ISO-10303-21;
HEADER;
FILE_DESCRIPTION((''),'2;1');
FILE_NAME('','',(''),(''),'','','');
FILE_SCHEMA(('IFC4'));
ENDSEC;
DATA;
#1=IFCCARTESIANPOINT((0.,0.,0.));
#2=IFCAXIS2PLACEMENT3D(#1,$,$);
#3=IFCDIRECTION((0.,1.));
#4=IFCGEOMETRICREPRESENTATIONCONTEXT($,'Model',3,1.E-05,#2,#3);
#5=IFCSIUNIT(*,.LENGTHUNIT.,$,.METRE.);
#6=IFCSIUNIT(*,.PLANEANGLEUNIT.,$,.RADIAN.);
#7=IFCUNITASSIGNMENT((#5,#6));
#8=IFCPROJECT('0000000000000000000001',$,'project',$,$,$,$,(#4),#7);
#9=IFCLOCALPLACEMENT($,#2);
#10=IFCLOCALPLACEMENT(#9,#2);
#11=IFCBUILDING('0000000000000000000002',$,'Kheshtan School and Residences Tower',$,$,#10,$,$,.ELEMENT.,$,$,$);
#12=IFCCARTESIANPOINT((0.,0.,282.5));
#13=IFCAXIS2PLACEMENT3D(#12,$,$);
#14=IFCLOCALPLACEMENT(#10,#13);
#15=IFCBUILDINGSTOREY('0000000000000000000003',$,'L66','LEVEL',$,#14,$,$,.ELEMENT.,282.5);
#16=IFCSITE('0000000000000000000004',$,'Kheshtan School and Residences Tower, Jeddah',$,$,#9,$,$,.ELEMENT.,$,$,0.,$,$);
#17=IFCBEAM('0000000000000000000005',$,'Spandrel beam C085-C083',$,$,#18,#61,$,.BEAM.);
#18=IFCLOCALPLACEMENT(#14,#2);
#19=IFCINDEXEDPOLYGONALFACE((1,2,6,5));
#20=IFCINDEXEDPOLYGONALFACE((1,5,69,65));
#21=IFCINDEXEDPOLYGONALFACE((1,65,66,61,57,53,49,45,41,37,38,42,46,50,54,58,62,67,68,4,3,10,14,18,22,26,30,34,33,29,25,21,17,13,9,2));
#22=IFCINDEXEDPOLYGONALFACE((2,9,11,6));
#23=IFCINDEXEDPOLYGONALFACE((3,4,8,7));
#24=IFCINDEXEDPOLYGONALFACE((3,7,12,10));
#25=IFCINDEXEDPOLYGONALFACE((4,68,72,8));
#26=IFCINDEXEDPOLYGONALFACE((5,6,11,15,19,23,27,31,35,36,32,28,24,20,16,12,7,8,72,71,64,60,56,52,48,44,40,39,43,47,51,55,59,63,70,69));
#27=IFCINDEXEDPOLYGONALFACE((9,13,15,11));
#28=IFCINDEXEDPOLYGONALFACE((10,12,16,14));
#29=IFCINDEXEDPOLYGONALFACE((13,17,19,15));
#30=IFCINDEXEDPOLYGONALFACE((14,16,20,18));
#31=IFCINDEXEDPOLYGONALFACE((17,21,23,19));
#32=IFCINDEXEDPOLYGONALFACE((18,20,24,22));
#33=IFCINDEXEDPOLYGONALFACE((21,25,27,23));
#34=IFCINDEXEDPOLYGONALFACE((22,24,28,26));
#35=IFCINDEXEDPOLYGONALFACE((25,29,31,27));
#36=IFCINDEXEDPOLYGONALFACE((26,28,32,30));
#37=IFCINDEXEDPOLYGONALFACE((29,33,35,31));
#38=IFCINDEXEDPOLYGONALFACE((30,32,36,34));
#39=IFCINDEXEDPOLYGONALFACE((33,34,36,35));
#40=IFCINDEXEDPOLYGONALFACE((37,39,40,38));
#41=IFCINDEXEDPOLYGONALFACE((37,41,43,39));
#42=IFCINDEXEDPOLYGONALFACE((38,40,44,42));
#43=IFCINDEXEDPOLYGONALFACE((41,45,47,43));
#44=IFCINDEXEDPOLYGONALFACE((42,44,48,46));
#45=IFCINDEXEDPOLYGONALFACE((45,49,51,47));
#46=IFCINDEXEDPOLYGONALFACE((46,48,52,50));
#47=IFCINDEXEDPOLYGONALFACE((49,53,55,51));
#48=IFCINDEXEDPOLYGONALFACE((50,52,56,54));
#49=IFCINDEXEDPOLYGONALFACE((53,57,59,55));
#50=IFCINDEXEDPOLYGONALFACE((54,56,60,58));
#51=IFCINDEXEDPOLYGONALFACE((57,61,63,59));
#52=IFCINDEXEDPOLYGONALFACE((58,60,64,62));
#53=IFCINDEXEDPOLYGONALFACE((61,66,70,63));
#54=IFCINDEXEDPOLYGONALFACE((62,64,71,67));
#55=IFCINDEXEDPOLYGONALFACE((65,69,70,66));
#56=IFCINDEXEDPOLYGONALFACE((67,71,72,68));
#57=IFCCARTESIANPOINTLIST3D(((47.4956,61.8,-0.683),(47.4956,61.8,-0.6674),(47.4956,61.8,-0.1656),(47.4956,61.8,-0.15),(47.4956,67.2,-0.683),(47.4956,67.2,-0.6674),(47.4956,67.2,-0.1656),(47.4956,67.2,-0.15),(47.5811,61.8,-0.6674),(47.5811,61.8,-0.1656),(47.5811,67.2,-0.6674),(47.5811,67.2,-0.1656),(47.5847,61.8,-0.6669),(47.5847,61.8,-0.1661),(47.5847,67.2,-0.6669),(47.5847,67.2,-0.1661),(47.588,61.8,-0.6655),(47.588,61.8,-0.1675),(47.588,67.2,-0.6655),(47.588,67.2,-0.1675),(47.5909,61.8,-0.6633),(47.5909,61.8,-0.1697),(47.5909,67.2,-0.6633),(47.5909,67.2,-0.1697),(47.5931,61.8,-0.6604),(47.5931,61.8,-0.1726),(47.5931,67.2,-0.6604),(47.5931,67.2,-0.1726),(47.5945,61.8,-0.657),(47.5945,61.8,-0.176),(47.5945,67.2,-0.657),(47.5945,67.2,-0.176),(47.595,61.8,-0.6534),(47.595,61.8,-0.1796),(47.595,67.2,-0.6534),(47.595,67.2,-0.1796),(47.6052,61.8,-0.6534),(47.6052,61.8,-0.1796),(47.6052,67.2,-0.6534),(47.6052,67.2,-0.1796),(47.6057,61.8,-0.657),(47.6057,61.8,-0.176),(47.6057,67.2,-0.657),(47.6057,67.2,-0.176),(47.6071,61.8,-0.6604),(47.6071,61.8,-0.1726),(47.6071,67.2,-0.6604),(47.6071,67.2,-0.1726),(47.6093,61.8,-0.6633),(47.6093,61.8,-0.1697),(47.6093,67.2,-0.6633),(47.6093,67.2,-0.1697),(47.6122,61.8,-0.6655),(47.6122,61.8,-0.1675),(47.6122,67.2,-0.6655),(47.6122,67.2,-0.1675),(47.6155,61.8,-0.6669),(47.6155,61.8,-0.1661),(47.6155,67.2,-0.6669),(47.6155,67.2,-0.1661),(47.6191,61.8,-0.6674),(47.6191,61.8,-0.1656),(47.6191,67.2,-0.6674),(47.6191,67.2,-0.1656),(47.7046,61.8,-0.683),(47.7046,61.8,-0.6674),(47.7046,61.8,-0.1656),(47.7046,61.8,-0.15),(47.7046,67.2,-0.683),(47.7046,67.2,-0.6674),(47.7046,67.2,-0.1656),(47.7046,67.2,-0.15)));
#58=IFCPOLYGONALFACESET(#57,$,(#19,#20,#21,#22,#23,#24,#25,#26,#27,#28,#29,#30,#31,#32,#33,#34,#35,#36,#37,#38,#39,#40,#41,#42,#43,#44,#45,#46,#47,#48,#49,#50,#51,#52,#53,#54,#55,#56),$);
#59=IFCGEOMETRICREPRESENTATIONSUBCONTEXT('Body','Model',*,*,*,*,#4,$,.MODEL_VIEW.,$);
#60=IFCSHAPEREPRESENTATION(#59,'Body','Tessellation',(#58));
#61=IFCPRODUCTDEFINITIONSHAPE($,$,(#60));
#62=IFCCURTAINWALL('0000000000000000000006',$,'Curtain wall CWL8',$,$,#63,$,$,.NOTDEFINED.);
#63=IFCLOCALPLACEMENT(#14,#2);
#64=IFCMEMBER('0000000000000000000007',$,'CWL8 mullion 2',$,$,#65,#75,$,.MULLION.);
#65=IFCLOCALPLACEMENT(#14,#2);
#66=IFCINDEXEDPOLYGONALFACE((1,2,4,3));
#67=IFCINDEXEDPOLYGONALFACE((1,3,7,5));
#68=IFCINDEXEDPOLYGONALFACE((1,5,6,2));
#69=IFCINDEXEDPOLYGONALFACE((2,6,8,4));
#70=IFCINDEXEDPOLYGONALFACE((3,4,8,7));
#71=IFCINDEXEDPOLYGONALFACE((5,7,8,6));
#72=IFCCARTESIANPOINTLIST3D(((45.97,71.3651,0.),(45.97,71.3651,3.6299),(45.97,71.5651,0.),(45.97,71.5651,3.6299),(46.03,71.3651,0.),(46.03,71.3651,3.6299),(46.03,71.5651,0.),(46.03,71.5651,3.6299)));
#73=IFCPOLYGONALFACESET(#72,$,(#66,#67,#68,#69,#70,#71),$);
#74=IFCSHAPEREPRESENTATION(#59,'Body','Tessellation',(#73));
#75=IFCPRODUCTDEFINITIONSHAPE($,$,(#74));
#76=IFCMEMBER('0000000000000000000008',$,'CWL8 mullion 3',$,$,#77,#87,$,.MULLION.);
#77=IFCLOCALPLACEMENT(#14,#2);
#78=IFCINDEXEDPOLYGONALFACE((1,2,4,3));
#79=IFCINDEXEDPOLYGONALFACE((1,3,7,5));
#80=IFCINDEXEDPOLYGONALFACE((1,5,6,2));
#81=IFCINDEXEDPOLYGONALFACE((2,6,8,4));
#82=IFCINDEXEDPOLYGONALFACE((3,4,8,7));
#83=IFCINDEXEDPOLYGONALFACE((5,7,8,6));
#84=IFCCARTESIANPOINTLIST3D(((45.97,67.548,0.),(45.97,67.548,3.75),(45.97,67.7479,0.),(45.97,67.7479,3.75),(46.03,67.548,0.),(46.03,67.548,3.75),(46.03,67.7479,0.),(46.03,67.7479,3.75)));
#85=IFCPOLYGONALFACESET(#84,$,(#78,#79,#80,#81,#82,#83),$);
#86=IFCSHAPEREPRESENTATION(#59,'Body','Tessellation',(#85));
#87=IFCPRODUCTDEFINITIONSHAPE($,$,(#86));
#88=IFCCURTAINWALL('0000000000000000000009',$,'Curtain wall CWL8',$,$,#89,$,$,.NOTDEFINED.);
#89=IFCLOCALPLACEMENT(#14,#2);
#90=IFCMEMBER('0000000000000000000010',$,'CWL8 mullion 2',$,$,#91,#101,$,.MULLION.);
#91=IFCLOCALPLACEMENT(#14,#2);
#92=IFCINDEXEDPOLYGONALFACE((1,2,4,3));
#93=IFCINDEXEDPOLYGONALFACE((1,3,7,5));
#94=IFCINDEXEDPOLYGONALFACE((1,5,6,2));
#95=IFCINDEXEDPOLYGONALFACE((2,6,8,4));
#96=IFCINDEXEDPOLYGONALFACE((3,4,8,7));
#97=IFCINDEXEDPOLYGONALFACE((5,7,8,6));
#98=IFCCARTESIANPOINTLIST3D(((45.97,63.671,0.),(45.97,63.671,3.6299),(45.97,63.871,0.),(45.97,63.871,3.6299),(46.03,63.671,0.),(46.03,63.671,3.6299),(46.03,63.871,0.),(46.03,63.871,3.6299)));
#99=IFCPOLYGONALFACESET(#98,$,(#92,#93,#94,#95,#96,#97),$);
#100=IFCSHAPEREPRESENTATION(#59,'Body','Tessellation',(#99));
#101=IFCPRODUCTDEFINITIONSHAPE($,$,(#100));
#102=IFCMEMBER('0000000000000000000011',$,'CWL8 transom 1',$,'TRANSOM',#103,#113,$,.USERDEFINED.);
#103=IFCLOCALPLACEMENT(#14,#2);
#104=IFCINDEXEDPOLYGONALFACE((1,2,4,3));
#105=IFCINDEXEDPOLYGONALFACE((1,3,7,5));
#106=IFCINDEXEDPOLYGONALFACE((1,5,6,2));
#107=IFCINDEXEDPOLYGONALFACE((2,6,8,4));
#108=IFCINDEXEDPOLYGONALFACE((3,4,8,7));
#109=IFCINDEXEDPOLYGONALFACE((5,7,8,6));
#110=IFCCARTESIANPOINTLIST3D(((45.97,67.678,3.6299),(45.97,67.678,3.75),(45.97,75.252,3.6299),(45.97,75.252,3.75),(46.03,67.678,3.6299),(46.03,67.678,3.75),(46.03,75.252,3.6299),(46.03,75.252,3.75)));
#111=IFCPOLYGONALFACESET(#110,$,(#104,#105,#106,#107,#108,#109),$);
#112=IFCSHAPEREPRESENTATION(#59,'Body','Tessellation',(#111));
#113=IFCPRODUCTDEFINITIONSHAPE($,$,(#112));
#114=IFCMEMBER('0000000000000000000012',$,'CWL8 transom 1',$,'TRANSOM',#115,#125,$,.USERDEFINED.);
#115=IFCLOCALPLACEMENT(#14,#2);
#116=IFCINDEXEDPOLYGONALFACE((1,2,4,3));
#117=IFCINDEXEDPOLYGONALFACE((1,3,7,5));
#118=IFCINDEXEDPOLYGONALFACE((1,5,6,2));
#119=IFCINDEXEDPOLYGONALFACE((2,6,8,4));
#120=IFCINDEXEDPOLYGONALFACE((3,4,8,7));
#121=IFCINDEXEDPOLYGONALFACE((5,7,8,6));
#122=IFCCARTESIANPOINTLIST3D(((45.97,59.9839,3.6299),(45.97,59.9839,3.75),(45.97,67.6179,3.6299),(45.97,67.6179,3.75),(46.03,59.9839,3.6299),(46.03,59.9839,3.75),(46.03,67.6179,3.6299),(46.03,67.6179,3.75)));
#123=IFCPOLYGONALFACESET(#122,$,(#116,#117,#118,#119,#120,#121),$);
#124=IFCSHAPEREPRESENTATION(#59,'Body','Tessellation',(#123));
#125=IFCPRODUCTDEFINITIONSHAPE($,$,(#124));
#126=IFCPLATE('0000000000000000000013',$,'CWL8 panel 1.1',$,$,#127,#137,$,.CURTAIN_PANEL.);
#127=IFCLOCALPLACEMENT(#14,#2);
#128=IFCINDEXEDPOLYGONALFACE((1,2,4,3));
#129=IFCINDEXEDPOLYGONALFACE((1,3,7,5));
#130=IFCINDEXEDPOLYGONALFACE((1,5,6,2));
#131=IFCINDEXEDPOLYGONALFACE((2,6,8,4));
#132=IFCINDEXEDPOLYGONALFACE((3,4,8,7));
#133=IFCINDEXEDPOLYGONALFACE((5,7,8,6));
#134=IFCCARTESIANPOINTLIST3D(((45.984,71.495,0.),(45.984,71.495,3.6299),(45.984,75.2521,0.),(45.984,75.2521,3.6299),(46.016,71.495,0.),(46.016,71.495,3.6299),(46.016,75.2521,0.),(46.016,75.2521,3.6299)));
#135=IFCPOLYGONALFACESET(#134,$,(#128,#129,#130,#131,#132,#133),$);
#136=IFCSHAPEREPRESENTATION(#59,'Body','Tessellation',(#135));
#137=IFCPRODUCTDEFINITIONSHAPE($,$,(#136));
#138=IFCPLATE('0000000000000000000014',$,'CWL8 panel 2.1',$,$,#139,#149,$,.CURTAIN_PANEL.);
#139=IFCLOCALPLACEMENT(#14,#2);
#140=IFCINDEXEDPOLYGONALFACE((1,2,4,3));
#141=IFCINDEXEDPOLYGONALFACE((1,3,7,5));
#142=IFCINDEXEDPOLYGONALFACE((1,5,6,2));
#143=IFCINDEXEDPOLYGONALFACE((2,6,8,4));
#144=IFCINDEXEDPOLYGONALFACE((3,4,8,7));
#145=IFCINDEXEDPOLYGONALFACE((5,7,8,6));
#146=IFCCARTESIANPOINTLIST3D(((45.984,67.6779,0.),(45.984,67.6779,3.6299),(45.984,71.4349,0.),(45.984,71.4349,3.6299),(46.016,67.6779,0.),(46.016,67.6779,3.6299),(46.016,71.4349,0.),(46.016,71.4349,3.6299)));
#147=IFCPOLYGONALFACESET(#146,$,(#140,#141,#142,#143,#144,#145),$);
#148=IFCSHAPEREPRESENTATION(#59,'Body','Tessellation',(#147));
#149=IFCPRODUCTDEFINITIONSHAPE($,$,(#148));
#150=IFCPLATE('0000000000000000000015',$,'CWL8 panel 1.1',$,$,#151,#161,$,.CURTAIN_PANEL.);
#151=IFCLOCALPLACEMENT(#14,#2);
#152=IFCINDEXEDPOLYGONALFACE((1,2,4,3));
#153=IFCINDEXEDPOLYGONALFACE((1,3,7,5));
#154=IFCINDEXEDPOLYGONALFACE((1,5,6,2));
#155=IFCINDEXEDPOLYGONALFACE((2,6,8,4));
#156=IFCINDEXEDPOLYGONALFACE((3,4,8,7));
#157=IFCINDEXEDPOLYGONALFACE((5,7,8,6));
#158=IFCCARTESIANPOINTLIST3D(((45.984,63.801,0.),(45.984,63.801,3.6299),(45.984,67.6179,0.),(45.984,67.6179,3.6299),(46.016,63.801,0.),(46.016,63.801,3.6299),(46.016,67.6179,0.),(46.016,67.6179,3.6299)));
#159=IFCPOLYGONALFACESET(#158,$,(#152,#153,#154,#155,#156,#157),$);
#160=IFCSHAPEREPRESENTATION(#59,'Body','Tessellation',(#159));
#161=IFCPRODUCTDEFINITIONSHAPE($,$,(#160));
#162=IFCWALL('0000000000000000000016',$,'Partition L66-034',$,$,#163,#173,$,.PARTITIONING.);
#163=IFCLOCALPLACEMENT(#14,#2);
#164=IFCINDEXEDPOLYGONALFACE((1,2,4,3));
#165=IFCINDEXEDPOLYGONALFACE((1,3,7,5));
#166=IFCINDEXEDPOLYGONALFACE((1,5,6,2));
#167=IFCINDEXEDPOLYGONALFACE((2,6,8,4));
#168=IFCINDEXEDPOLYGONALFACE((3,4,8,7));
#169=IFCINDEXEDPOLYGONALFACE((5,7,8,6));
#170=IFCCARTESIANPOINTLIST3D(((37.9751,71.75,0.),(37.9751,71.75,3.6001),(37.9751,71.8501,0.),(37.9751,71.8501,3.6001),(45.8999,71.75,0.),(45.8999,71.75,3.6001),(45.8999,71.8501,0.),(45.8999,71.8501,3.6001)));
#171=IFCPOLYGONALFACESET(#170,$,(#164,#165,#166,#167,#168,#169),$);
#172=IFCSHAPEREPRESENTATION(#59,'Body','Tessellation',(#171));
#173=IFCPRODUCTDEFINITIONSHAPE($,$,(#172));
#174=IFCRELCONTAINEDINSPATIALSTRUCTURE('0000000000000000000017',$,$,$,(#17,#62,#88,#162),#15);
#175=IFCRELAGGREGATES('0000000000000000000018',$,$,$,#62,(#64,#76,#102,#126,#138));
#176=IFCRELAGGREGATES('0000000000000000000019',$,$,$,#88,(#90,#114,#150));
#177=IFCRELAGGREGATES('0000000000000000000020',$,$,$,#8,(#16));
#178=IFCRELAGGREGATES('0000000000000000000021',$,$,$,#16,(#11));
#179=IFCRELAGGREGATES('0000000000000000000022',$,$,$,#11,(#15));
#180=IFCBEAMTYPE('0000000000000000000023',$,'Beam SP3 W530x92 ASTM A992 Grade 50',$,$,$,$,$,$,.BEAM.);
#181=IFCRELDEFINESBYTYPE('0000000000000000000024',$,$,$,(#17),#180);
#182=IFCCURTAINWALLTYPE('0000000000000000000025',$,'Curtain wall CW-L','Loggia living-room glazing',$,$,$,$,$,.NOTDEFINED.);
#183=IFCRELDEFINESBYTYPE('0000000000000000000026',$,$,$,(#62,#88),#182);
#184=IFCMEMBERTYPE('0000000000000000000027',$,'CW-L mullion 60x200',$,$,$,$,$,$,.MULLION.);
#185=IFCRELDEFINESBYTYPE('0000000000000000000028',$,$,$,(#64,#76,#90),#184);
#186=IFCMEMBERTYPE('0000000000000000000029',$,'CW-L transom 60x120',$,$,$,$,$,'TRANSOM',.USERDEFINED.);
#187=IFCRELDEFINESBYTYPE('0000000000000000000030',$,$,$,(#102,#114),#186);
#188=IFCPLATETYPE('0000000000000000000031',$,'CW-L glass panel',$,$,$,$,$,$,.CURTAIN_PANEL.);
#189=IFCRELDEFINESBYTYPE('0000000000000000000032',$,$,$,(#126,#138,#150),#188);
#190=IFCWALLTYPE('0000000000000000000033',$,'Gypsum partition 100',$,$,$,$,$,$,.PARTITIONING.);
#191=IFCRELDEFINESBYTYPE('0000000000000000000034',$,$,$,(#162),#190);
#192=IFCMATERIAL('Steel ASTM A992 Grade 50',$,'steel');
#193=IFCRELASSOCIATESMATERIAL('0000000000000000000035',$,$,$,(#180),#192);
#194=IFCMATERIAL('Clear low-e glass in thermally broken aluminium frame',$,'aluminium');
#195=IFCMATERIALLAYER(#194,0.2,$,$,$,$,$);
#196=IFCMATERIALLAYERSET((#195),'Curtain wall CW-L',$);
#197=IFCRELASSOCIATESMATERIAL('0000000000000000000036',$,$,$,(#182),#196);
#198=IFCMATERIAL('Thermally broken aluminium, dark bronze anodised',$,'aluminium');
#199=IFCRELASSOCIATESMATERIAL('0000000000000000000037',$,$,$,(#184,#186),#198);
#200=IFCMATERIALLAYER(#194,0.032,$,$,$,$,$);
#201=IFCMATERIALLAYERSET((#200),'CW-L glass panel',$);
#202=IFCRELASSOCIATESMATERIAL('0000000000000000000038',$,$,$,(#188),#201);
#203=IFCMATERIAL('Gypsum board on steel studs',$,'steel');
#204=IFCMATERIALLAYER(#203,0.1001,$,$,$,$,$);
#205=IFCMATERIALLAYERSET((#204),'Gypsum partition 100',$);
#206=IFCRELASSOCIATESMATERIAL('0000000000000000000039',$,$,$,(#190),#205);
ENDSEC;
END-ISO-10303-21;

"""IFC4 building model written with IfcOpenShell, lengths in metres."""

from ifc_helpers import new_model, si_unit, direction, frame, frame_2d, origin, origin_2d, place, context, subcontext, project, spatial, rectangle, i_section, extrude, material, layer, layer_set, material_profile, profile_set, type_object, element, aggregate, save


model = new_model("IFC4")

# Units and contexts
model_context = context("Model", 3, precision=1e-05, world=origin(), true_north=direction((0.0, 1.0)))
body_context = subcontext(model_context, "Body", "Model", "MODEL_VIEW")
ifc_project = project(units=[si_unit("LENGTHUNIT", "METRE"), si_unit("PLANEANGLEUNIT", "RADIAN")], contexts=[model_context])

# Site, building, storey
site_placement = place(None, origin())
site = spatial("IfcSite", under=ifc_project, at=site_placement, Name="Kheshtan School and Residences Tower, Jeddah", CompositionType="ELEMENT", RefElevation=0.0)
building_placement = place(site_placement, origin())
building = spatial("IfcBuilding", under=site, at=building_placement, Name="Kheshtan School and Residences Tower", CompositionType="ELEMENT")
storey_placement = place(building_placement, frame((0.0, 0.0, 282.5)))
storey = spatial("IfcBuildingStorey", under=building, at=storey_placement, Name="L66", Description="LEVEL", CompositionType="ELEMENT", Elevation=282.5)

# Shared definitions
ifc_material_1 = material(Name="Steel ASTM A992 Grade 50", Category="steel")

# Beam
ifc_material_profile_1 = material_profile(ifc_material_1, i_section(OverallWidth=0.209, OverallDepth=0.533, WebThickness=0.0103, FlangeThickness=0.0156, FilletRadius=0.0139, at=origin_2d()), Name="W530x92")
ifc_profile_set_1 = profile_set([ifc_material_profile_1], Name="Steel ASTM A992 Grade 50")
beam_type_1 = type_object("IfcBeamType", Name="Beam SP3 W530x92 ASTM A992 Grade 50", PredefinedType="BEAM", material=ifc_profile_set_1)
beam_1_placement = place(storey_placement, frame((47.6001, 67.2, -0.4165), z_axis=(0.0, -1.0, 0.0), x_axis=(1.0, 0.0, 0.0)))
element("IfcBeam", 1, at=beam_1_placement, inside=storey, type_object=beam_type_1, Name="Spandrel beam C085-C083", PredefinedType="BEAM", context=body_context, shape_type="SweptSolid", body=[
    extrude(i_section(OverallWidth=0.209, OverallDepth=0.533, WebThickness=0.0103, FlangeThickness=0.0156, FilletRadius=0.0139, at=origin_2d()), origin(), (0.0, 0.0, 1.0), 5.3999),
])

# Curtain wall, members
ifc_material_2 = material(Name="Clear low-e glass in thermally broken aluminium frame", Category="aluminium")
ifc_layer_1 = layer(ifc_material_2, 0.2)
ifc_layer_set_1 = layer_set([ifc_layer_1], Name="Curtain wall CW-L")
curtain_wall_type = type_object("IfcCurtainWallType", Name="Curtain wall CW-L", Description="Loggia living-room glazing", PredefinedType="NOTDEFINED", material=ifc_layer_set_1)
curtain_wall_1_placement = place(storey_placement, origin())
curtain_wall_1 = element("IfcCurtainWall", 2, at=curtain_wall_1_placement, inside=storey, type_object=curtain_wall_type, Name="Curtain wall CWL8", PredefinedType="NOTDEFINED")
ifc_material_3 = material(Name="Thermally broken aluminium, dark bronze anodised", Category="aluminium")
ifc_material_profile_2 = material_profile(ifc_material_3, rectangle(XDim=0.0601, YDim=0.2, at=origin_2d()), Name="CW-L mullion 60x200")
ifc_profile_set_2 = profile_set([ifc_material_profile_2], Name="Thermally broken aluminium, dark bronze anodised")
member_type_1 = type_object("IfcMemberType", Name="CW-L mullion 60x200", PredefinedType="MULLION", material=ifc_profile_set_2)
member_1_placement = place(storey_placement, frame((46.0, 71.4651, 0.0), z_axis=(0.0, 0.0, 1.0), x_axis=(1.0, 0.0, 0.0)))
member_1 = element("IfcMember", 3, at=member_1_placement, type_object=member_type_1, Name="CWL8 mullion 2", PredefinedType="MULLION", context=body_context, shape_type="SweptSolid", body=[
    extrude(rectangle(XDim=0.0601, YDim=0.2, at=origin_2d()), origin(), (0.0, 0.0, 1.0), 3.6299),
])
member_2_placement = place(storey_placement, frame((46.0, 67.6479, 0.0), z_axis=(0.0, 0.0, 1.0), x_axis=(1.0, 0.0, 0.0)))
member_2 = element("IfcMember", 4, at=member_2_placement, type_object=member_type_1, Name="CWL8 mullion 3", PredefinedType="MULLION", context=body_context, shape_type="SweptSolid", body=[
    extrude(rectangle(XDim=0.0601, YDim=0.2, at=origin_2d()), origin(), (0.0, 0.0, 1.0), 3.75),
])

# Curtain wall, member
curtain_wall_2_placement = place(storey_placement, origin())
curtain_wall_2 = element("IfcCurtainWall", 5, at=curtain_wall_2_placement, inside=storey, type_object=curtain_wall_type, Name="Curtain wall CWL8", PredefinedType="NOTDEFINED")
member_3_placement = place(storey_placement, frame((46.0, 63.771, 0.0), z_axis=(0.0, 0.0, 1.0), x_axis=(1.0, 0.0, 0.0)))
member_3 = element("IfcMember", 6, at=member_3_placement, type_object=member_type_1, Name="CWL8 mullion 2", PredefinedType="MULLION", context=body_context, shape_type="SweptSolid", body=[
    extrude(rectangle(XDim=0.0601, YDim=0.2, at=origin_2d()), origin(), (0.0, 0.0, 1.0), 3.6299),
])

# Members
ifc_material_profile_3 = material_profile(ifc_material_3, rectangle(XDim=0.0601, YDim=0.1201, at=origin_2d()), Name="CW-L transom 60x120")
ifc_profile_set_3 = profile_set([ifc_material_profile_3], Name="Thermally broken aluminium, dark bronze anodised")
member_type_2 = type_object("IfcMemberType", Name="CW-L transom 60x120", ElementType="TRANSOM", PredefinedType="USERDEFINED", material=ifc_profile_set_3)
member_4_placement = place(storey_placement, frame((46.0, 75.252, 3.6899), z_axis=(0.0, -1.0, 0.0), x_axis=(1.0, 0.0, 0.0)))
member_4 = element("IfcMember", 7, at=member_4_placement, type_object=member_type_2, Name="CWL8 transom 1", ObjectType="TRANSOM", PredefinedType="USERDEFINED", context=body_context, shape_type="SweptSolid", body=[
    extrude(rectangle(XDim=0.0601, YDim=0.1201, at=origin_2d()), origin(), (0.0, 0.0, 1.0), 7.574),
])
member_5_placement = place(storey_placement, frame((46.0, 67.6179, 3.6899), z_axis=(0.0, -1.0, 0.0), x_axis=(1.0, 0.0, 0.0)))
member_5 = element("IfcMember", 8, at=member_5_placement, type_object=member_type_2, Name="CWL8 transom 1", ObjectType="TRANSOM", PredefinedType="USERDEFINED", context=body_context, shape_type="SweptSolid", body=[
    extrude(rectangle(XDim=0.0601, YDim=0.1201, at=origin_2d()), origin(), (0.0, 0.0, 1.0), 7.634),
])

# Plates
ifc_layer_2 = layer(ifc_material_2, 0.032)
ifc_layer_set_2 = layer_set([ifc_layer_2], Name="CW-L glass panel")
plate_type = type_object("IfcPlateType", Name="CW-L glass panel", PredefinedType="CURTAIN_PANEL", material=ifc_layer_set_2)
plate_1_placement = place(storey_placement, frame((46.0, 73.3735, 0.0), z_axis=(0.0, 0.0, 1.0), x_axis=(0.0, -1.0, 0.0)))
plate_1 = element("IfcPlate", 9, at=plate_1_placement, type_object=plate_type, Name="CWL8 panel 1.1", PredefinedType="CURTAIN_PANEL", context=body_context, shape_type="SweptSolid", body=[
    extrude(rectangle(XDim=3.7571, YDim=0.032, at=origin_2d()), origin(), (0.0, 0.0, 1.0), 3.6299),
])
plate_2_placement = place(storey_placement, frame((46.0, 69.5564, 0.0), z_axis=(0.0, 0.0, 1.0), x_axis=(0.0, -1.0, 0.0)))
plate_2 = element("IfcPlate", 10, at=plate_2_placement, type_object=plate_type, Name="CWL8 panel 2.1", PredefinedType="CURTAIN_PANEL", context=body_context, shape_type="SweptSolid", body=[
    extrude(rectangle(XDim=3.7571, YDim=0.032, at=origin_2d()), origin(), (0.0, 0.0, 1.0), 3.6299),
])
aggregate(curtain_wall_1, [member_1, member_2, member_4, plate_1, plate_2])
plate_3_placement = place(storey_placement, frame((46.0, 65.7095, 0.0), z_axis=(0.0, 0.0, 1.0), x_axis=(0.0, -1.0, 0.0)))
plate_3 = element("IfcPlate", 11, at=plate_3_placement, type_object=plate_type, Name="CWL8 panel 1.1", PredefinedType="CURTAIN_PANEL", context=body_context, shape_type="SweptSolid", body=[
    extrude(rectangle(XDim=3.8169, YDim=0.032, at=origin_2d()), origin(), (0.0, 0.0, 1.0), 3.6299),
])
aggregate(curtain_wall_2, [member_3, member_5, plate_3])

# Wall
ifc_material_4 = material(Name="Gypsum board on steel studs", Category="steel")
ifc_layer_3 = layer(ifc_material_4, 0.1001)
ifc_layer_set_3 = layer_set([ifc_layer_3], Name="Gypsum partition 100")
wall_type_1 = type_object("IfcWallType", Name="Gypsum partition 100", PredefinedType="PARTITIONING", material=ifc_layer_set_3)
wall_1_placement = place(storey_placement, frame((37.9751, 71.8, 0.0), z_axis=(0.0, 0.0, 1.0), x_axis=(1.0, 0.0, 0.0)))
element("IfcWall", 12, at=wall_1_placement, inside=storey, type_object=wall_type_1, Name="Partition L66-034", PredefinedType="PARTITIONING", context=body_context, shape_type="SweptSolid", body=[
    extrude(rectangle(XDim=7.9248, YDim=0.1001, at=frame_2d((3.9624, 0.0))), origin(), (0.0, 0.0, 1.0), 3.6001),
])

save(model, "model.ifc")
